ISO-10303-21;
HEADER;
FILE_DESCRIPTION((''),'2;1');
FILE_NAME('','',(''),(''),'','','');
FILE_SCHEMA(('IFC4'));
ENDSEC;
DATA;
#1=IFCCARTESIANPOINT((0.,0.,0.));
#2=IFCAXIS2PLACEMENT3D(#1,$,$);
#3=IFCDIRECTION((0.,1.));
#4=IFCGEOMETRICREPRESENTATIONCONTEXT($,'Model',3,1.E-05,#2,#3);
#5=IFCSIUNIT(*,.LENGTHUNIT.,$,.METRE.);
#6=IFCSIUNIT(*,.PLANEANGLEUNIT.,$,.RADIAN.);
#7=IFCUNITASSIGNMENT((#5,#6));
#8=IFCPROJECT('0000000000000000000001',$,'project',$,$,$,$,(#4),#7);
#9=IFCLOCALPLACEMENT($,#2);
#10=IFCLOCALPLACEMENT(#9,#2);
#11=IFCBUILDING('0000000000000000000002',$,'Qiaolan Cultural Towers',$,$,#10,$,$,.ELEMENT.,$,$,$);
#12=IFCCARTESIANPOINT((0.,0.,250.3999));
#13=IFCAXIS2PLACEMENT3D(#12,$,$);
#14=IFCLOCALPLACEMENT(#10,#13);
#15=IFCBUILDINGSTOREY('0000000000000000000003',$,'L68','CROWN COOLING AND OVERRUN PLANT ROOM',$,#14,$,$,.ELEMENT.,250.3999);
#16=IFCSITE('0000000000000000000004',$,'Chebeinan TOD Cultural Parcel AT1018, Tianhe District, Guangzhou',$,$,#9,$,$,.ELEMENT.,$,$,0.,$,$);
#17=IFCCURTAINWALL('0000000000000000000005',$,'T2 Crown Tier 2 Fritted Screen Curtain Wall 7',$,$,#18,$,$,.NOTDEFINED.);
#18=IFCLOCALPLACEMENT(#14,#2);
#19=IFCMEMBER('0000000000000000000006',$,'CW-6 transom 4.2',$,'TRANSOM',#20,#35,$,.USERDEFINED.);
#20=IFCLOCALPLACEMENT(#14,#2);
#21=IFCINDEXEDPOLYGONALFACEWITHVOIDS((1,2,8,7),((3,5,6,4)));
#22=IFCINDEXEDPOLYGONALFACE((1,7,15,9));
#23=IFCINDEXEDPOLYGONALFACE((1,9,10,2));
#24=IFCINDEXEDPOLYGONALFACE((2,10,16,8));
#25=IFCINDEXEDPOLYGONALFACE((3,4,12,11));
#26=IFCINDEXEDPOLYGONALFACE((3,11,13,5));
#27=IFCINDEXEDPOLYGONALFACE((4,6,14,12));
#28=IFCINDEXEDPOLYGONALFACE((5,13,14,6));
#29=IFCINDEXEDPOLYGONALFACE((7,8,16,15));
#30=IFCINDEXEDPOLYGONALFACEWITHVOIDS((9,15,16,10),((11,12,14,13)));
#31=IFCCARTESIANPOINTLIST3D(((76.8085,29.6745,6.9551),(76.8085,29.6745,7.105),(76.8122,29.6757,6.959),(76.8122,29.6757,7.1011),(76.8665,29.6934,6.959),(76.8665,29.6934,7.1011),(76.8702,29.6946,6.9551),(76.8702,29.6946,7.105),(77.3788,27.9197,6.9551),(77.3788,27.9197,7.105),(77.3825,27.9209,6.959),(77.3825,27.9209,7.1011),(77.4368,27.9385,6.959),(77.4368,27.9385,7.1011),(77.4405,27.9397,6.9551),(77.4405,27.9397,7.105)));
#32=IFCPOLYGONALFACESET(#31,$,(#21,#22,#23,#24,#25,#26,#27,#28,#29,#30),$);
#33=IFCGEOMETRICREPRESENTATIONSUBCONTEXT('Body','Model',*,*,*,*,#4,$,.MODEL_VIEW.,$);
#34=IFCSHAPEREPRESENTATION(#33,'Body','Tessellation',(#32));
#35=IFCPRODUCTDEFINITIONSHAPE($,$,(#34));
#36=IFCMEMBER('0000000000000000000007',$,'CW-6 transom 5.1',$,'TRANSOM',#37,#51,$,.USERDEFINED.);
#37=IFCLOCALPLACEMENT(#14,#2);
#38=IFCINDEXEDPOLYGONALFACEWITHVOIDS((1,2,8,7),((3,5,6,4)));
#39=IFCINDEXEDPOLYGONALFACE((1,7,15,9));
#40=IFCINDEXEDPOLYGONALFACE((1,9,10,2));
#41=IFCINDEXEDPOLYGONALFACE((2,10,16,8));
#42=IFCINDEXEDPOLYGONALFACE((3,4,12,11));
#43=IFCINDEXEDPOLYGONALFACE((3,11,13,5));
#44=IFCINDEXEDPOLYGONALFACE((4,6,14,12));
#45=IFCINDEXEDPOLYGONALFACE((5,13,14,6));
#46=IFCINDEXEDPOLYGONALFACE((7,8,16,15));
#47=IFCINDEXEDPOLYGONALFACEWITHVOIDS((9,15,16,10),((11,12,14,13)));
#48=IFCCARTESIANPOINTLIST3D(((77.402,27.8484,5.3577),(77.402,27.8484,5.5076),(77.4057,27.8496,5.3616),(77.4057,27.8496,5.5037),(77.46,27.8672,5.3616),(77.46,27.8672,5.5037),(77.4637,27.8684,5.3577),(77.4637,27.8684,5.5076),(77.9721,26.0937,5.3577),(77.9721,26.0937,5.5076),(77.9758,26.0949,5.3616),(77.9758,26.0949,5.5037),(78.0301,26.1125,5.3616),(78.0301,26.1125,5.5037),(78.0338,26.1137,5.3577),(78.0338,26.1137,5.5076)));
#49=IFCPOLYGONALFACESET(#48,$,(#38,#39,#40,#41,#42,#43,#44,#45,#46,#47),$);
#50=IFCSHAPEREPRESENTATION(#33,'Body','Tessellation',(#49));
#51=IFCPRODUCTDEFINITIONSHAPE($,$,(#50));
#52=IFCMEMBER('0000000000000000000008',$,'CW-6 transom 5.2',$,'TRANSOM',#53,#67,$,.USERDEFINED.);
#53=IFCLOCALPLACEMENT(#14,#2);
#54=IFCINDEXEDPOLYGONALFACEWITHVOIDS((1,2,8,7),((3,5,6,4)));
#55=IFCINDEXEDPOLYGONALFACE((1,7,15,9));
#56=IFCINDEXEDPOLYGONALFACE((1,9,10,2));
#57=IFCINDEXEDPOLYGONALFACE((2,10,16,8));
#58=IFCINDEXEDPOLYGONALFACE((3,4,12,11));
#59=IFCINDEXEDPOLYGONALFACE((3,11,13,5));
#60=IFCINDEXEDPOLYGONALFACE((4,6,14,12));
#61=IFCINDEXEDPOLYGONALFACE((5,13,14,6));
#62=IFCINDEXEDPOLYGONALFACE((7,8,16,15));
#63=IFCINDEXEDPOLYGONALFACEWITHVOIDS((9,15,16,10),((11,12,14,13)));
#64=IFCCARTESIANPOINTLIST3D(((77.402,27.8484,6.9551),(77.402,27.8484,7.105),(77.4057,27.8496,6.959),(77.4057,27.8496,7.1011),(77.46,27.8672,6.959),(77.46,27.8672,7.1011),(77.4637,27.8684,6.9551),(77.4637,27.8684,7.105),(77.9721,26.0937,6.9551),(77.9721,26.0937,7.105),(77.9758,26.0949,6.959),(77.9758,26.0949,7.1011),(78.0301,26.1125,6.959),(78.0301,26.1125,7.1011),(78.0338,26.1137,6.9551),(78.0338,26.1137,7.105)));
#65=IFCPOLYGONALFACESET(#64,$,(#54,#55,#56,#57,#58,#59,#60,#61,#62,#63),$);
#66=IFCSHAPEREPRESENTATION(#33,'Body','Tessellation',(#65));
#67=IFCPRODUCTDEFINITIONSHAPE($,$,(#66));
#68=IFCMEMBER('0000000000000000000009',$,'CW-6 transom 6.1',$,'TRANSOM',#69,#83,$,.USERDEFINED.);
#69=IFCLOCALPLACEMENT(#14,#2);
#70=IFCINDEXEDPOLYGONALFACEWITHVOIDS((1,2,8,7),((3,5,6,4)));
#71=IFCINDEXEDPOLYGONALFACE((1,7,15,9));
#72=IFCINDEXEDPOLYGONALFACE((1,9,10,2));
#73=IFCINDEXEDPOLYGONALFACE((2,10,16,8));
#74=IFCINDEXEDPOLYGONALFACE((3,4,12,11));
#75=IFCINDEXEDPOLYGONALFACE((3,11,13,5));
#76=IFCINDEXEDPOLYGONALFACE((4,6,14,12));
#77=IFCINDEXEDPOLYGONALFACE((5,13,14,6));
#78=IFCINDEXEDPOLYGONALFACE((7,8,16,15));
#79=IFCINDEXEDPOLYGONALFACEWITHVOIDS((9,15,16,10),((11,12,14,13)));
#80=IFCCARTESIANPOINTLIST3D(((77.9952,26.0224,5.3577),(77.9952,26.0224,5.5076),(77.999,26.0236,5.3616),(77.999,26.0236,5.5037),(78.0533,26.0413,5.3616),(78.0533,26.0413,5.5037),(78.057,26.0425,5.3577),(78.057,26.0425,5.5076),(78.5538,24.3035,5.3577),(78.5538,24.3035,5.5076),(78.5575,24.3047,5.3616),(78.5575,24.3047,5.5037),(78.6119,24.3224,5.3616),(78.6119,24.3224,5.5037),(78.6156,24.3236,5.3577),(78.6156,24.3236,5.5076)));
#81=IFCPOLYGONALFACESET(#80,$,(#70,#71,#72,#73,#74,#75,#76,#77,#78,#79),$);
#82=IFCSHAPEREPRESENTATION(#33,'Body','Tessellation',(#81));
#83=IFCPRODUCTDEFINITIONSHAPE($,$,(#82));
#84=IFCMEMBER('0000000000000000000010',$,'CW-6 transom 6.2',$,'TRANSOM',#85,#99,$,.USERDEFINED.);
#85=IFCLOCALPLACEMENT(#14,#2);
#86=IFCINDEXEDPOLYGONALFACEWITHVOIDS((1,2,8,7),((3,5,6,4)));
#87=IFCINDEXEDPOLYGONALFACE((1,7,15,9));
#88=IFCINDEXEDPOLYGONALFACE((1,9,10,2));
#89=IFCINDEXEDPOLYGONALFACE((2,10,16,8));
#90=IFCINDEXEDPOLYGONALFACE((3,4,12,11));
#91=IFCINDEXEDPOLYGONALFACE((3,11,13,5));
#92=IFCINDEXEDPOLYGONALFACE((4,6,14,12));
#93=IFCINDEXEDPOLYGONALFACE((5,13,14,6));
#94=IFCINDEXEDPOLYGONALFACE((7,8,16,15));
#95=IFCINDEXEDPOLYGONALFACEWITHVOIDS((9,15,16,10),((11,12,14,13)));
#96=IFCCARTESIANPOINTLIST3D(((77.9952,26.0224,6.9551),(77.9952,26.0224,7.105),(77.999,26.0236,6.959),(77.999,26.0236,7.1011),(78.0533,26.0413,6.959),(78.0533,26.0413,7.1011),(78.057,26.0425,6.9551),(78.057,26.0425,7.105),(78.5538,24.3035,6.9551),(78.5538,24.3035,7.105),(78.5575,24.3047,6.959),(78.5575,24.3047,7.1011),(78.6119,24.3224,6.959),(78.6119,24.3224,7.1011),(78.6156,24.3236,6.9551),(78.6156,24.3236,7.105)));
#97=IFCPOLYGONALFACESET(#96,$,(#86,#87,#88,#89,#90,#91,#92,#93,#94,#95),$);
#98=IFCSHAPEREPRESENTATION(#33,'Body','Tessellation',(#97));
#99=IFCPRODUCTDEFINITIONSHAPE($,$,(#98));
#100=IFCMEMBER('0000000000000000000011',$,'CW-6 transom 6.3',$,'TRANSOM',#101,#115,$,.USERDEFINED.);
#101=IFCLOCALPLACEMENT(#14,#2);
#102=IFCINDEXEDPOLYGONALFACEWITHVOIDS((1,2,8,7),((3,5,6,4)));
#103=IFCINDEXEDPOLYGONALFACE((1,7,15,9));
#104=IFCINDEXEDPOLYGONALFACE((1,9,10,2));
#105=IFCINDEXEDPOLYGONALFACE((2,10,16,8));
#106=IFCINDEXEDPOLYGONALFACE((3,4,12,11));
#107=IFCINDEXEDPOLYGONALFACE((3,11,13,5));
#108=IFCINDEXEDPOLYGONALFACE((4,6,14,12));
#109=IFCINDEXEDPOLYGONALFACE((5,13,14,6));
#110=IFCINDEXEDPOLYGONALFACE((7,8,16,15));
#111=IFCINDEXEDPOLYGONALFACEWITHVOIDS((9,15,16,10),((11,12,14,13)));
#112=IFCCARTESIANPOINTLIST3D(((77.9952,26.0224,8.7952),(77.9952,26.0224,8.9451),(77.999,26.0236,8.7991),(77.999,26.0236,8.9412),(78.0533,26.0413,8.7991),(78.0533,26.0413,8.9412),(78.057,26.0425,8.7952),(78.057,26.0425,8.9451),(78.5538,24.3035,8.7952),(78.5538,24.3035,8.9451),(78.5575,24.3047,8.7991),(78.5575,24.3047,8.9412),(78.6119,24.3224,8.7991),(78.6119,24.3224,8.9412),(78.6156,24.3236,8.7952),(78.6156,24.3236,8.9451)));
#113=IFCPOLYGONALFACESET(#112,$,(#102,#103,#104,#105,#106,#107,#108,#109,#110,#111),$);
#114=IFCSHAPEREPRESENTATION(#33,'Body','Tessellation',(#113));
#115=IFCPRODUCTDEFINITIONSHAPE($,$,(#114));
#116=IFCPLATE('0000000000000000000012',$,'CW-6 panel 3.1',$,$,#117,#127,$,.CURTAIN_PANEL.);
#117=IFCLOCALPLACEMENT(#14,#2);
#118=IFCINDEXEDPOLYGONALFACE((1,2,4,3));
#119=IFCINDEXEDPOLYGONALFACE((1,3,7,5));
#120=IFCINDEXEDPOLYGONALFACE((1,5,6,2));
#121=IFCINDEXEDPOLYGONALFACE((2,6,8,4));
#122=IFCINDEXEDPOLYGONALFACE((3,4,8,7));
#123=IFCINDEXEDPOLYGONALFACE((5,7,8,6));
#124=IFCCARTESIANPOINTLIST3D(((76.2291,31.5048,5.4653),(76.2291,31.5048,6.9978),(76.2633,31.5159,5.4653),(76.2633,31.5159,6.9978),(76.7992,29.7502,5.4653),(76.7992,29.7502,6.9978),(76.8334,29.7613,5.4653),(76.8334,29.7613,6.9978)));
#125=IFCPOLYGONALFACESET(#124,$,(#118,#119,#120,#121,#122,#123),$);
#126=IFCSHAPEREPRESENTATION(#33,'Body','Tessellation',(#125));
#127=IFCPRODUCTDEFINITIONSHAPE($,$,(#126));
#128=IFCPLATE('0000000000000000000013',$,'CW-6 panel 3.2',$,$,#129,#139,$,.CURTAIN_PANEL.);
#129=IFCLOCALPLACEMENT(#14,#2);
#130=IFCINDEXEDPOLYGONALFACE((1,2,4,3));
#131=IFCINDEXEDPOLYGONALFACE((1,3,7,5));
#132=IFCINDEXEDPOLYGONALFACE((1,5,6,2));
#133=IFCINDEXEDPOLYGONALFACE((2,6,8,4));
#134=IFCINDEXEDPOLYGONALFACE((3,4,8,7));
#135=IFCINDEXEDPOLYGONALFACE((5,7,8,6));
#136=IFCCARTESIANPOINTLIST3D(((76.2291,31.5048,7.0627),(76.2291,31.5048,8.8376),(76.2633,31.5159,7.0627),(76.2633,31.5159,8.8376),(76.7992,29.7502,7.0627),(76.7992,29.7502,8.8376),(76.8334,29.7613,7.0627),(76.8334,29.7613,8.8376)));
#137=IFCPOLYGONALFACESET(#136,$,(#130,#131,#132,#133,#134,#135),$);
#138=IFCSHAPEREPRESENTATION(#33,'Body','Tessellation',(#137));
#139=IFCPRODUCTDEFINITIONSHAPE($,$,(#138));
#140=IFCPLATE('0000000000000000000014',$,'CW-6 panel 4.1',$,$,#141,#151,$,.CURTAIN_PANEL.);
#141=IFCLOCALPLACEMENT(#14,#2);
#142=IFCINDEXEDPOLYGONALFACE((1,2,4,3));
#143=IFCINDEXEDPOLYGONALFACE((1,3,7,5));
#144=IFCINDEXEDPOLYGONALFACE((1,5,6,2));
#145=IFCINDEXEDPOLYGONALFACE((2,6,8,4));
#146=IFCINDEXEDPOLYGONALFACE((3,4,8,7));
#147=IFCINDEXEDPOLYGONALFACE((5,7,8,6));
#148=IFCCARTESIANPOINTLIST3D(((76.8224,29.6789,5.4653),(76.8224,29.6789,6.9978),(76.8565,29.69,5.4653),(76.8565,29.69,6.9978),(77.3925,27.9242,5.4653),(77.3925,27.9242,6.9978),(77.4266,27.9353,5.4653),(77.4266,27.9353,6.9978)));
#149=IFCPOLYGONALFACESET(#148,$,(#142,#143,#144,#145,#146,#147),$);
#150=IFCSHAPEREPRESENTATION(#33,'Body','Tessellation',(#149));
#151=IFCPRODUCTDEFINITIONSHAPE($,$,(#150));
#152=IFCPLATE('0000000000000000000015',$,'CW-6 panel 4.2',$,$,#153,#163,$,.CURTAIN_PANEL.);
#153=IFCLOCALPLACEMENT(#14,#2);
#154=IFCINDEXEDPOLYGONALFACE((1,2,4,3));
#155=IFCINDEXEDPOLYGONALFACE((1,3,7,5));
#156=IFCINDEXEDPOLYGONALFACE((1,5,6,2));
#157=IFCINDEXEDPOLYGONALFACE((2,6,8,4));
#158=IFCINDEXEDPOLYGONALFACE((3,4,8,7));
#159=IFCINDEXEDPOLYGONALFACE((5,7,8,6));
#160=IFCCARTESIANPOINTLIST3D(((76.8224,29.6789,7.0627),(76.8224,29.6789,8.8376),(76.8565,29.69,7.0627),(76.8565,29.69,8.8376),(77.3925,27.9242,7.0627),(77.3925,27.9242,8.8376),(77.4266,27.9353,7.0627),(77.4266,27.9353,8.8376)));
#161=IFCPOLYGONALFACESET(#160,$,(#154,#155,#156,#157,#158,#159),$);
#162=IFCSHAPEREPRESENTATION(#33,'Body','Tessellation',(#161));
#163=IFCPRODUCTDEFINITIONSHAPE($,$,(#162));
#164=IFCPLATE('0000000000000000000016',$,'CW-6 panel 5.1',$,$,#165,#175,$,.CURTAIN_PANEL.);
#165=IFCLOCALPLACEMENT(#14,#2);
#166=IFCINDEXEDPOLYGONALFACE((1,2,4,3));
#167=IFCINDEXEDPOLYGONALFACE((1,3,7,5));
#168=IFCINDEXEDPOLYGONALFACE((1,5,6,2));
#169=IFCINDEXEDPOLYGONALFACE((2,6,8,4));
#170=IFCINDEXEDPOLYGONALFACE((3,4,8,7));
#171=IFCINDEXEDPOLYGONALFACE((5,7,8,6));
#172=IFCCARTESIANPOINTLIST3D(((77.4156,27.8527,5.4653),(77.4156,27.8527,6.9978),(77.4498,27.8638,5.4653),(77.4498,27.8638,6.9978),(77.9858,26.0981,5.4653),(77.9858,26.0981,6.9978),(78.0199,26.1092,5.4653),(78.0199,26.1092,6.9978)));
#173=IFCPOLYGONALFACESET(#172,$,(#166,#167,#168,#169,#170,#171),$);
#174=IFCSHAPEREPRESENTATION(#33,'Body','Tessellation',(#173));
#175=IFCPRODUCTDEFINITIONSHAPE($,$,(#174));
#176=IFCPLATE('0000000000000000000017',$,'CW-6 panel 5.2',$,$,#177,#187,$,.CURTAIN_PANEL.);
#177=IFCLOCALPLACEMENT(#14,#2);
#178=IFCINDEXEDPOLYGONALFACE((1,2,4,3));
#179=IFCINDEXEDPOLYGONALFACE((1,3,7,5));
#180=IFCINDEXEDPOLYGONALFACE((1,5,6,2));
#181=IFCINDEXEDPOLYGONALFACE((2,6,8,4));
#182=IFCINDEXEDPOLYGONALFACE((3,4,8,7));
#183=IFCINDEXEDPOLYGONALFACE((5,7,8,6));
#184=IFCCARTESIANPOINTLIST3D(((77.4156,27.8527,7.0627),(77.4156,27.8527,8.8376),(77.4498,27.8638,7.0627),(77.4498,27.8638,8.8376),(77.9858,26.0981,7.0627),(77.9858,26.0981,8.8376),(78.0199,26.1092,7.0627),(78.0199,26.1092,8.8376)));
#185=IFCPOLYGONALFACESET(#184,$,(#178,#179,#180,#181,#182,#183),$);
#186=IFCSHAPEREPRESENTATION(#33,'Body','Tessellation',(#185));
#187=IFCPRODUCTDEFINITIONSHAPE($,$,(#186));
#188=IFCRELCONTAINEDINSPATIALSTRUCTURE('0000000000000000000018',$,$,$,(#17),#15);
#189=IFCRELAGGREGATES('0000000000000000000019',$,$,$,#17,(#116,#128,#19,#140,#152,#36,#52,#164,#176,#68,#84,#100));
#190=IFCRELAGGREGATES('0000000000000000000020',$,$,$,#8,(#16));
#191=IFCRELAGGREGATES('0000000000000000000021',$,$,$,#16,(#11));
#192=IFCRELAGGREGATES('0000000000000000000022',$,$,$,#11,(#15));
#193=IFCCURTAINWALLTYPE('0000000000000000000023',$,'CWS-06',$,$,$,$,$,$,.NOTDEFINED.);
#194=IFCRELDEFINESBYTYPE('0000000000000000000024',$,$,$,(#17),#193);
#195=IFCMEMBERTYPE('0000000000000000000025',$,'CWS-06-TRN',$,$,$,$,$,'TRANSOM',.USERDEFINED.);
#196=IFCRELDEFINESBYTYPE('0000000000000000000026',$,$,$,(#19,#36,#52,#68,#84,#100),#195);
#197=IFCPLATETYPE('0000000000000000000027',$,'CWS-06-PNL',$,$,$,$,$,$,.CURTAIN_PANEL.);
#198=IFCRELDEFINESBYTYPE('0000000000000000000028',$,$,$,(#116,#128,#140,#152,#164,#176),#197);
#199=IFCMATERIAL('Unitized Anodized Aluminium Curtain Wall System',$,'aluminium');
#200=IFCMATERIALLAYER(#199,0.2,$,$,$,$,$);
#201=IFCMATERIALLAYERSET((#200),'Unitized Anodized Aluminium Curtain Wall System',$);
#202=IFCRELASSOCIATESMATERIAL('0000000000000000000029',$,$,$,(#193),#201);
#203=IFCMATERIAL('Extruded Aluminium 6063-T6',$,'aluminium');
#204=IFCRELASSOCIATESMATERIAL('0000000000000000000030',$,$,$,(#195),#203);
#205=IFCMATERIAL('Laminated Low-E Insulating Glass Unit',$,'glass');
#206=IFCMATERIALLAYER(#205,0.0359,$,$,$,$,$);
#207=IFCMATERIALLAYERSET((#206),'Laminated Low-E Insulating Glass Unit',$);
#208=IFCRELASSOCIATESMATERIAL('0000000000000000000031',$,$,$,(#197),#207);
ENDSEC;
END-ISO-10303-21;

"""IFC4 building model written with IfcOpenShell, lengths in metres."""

from ifc_helpers import new_model, si_unit, direction, frame, origin, origin_2d, place, context, subcontext, project, spatial, rectangle, hollow_rectangle, extrude, material, layer, layer_set, material_profile, profile_set, type_object, element, aggregate, save


model = new_model("IFC4")

# Units and contexts
model_context = context("Model", 3, precision=1e-05, world=origin(), true_north=direction((0.0, 1.0)))
body_context = subcontext(model_context, "Body", "Model", "MODEL_VIEW")
ifc_project = project(units=[si_unit("LENGTHUNIT", "METRE"), si_unit("PLANEANGLEUNIT", "RADIAN")], contexts=[model_context])

# Site, building, storey
site_placement = place(None, origin())
site = spatial("IfcSite", under=ifc_project, at=site_placement, Name="Chebeinan TOD Cultural Parcel AT1018, Tianhe District, Guangzhou", CompositionType="ELEMENT", RefElevation=0.0)
building_placement = place(site_placement, origin())
building = spatial("IfcBuilding", under=site, at=building_placement, Name="Qiaolan Cultural Towers", CompositionType="ELEMENT")
storey_placement = place(building_placement, frame((0.0, 0.0, 250.3999)))
storey = spatial("IfcBuildingStorey", under=building, at=storey_placement, Name="L68", Description="CROWN COOLING AND OVERRUN PLANT ROOM", CompositionType="ELEMENT", Elevation=250.3999)

# Curtain wall, members, plates
ifc_material_1 = material(Name="Unitized Anodized Aluminium Curtain Wall System", Category="aluminium")
ifc_layer_1 = layer(ifc_material_1, 0.2)
ifc_layer_set_1 = layer_set([ifc_layer_1], Name="Unitized Anodized Aluminium Curtain Wall System")
curtain_wall_type = type_object("IfcCurtainWallType", Name="CWS-06", PredefinedType="NOTDEFINED", material=ifc_layer_set_1)
curtain_wall_placement = place(storey_placement, origin())
curtain_wall = element("IfcCurtainWall", 1, at=curtain_wall_placement, inside=storey, type_object=curtain_wall_type, Name="T2 Crown Tier 2 Fritted Screen Curtain Wall 7", PredefinedType="NOTDEFINED")
ifc_material_2 = material(Name="Extruded Aluminium 6063-T6", Category="aluminium")
ifc_material_profile_1 = material_profile(ifc_material_2, hollow_rectangle(XDim=0.0649, YDim=0.1499, WallThickness=0.0039, at=origin_2d()), Name="CWT-150x65x4")
ifc_profile_set_1 = profile_set([ifc_material_profile_1], Name="Extruded Aluminium 6063-T6")
member_type_1 = type_object("IfcMemberType", Name="CWS-06-TRN", ElementType="TRANSOM", PredefinedType="USERDEFINED", material=ifc_profile_set_1)
member_1_placement = place(storey_placement, frame((76.8394, 29.6846, 7.03), z_axis=(0.309074, -0.951038, 0.0), x_axis=(0.951038, 0.309074, 0.0)))
member_1 = element("IfcMember", 2, at=member_1_placement, type_object=member_type_1, Name="CW-6 transom 4.2", ObjectType="TRANSOM", PredefinedType="USERDEFINED", context=body_context, shape_type="SweptSolid", body=[
    extrude(hollow_rectangle(XDim=0.0649, YDim=0.1499, WallThickness=0.0039, at=origin_2d()), origin(), (0.0, 0.0, 1.0), 1.8452),
])
member_2_placement = place(storey_placement, frame((77.4329, 27.8584, 5.4326), z_axis=(0.308993, -0.951064, 0.0), x_axis=(0.951064, 0.308993, 0.0)))
member_2 = element("IfcMember", 3, at=member_2_placement, type_object=member_type_1, Name="CW-6 transom 5.1", ObjectType="TRANSOM", PredefinedType="USERDEFINED", context=body_context, shape_type="SweptSolid", body=[
    extrude(hollow_rectangle(XDim=0.0649, YDim=0.1499, WallThickness=0.0039, at=origin_2d()), origin(), (0.0, 0.0, 1.0), 1.845),
])
member_3_placement = place(storey_placement, frame((77.4329, 27.8584, 7.03), z_axis=(0.308993, -0.951064, 0.0), x_axis=(0.951064, 0.308993, 0.0)))
member_3 = element("IfcMember", 4, at=member_3_placement, type_object=member_type_1, Name="CW-6 transom 5.2", ObjectType="TRANSOM", PredefinedType="USERDEFINED", context=body_context, shape_type="SweptSolid", body=[
    extrude(hollow_rectangle(XDim=0.0649, YDim=0.1499, WallThickness=0.0039, at=origin_2d()), origin(), (0.0, 0.0, 1.0), 1.845),
])
member_4_placement = place(storey_placement, frame((78.0261, 26.0325, 5.4326), z_axis=(0.309046, -0.951047, 0.0), x_axis=(0.951047, 0.309046, 0.0)))
member_4 = element("IfcMember", 5, at=member_4_placement, type_object=member_type_1, Name="CW-6 transom 6.1", ObjectType="TRANSOM", PredefinedType="USERDEFINED", context=body_context, shape_type="SweptSolid", body=[
    extrude(hollow_rectangle(XDim=0.0649, YDim=0.1499, WallThickness=0.0039, at=origin_2d()), origin(), (0.0, 0.0, 1.0), 1.8074),
])
member_5_placement = place(storey_placement, frame((78.0261, 26.0325, 7.03), z_axis=(0.309046, -0.951047, 0.0), x_axis=(0.951047, 0.309046, 0.0)))
member_5 = element("IfcMember", 6, at=member_5_placement, type_object=member_type_1, Name="CW-6 transom 6.2", ObjectType="TRANSOM", PredefinedType="USERDEFINED", context=body_context, shape_type="SweptSolid", body=[
    extrude(hollow_rectangle(XDim=0.0649, YDim=0.1499, WallThickness=0.0039, at=origin_2d()), origin(), (0.0, 0.0, 1.0), 1.8074),
])
member_6_placement = place(storey_placement, frame((78.0261, 26.0325, 8.8701), z_axis=(0.309046, -0.951047, 0.0), x_axis=(0.951047, 0.309046, 0.0)))
member_6 = element("IfcMember", 7, at=member_6_placement, type_object=member_type_1, Name="CW-6 transom 6.3", ObjectType="TRANSOM", PredefinedType="USERDEFINED", context=body_context, shape_type="SweptSolid", body=[
    extrude(hollow_rectangle(XDim=0.0649, YDim=0.1499, WallThickness=0.0039, at=origin_2d()), origin(), (0.0, 0.0, 1.0), 1.8074),
])
ifc_material_3 = material(Name="Laminated Low-E Insulating Glass Unit", Category="glass")
ifc_layer_2 = layer(ifc_material_3, 0.0359)
ifc_layer_set_2 = layer_set([ifc_layer_2], Name="Laminated Low-E Insulating Glass Unit")
plate_type = type_object("IfcPlateType", Name="CWS-06-PNL", PredefinedType="CURTAIN_PANEL", material=ifc_layer_set_2)
plate_1_placement = place(storey_placement, frame((76.5312, 30.6331, 5.4653), z_axis=(0.0, 0.0, 1.0), x_axis=(0.309017, -0.951057, 0.0)))
plate_1 = element("IfcPlate", 8, at=plate_1_placement, type_object=plate_type, Name="CW-6 panel 3.1", PredefinedType="CURTAIN_PANEL", context=body_context, shape_type="SweptSolid", body=[
    extrude(rectangle(XDim=1.845, YDim=0.0359, at=origin_2d()), origin(), (0.0, 0.0, 1.0), 1.5325),
])
plate_2_placement = place(storey_placement, frame((76.5312, 30.6331, 7.0627), z_axis=(0.0, 0.0, 1.0), x_axis=(0.309017, -0.951057, 0.0)))
plate_2 = element("IfcPlate", 9, at=plate_2_placement, type_object=plate_type, Name="CW-6 panel 3.2", PredefinedType="CURTAIN_PANEL", context=body_context, shape_type="SweptSolid", body=[
    extrude(rectangle(XDim=1.845, YDim=0.0359, at=origin_2d()), origin(), (0.0, 0.0, 1.0), 1.7749),
])
plate_3_placement = place(storey_placement, frame((77.1245, 28.8071, 5.4653), z_axis=(0.0, 0.0, 1.0), x_axis=(0.309017, -0.951057, 0.0)))
plate_3 = element("IfcPlate", 10, at=plate_3_placement, type_object=plate_type, Name="CW-6 panel 4.1", PredefinedType="CURTAIN_PANEL", context=body_context, shape_type="SweptSolid", body=[
    extrude(rectangle(XDim=1.845, YDim=0.0359, at=origin_2d()), origin(), (0.0, 0.0, 1.0), 1.5325),
])
plate_4_placement = place(storey_placement, frame((77.1245, 28.8071, 7.0627), z_axis=(0.0, 0.0, 1.0), x_axis=(0.309017, -0.951057, 0.0)))
plate_4 = element("IfcPlate", 11, at=plate_4_placement, type_object=plate_type, Name="CW-6 panel 4.2", PredefinedType="CURTAIN_PANEL", context=body_context, shape_type="SweptSolid", body=[
    extrude(rectangle(XDim=1.845, YDim=0.0359, at=origin_2d()), origin(), (0.0, 0.0, 1.0), 1.7749),
])
plate_5_placement = place(storey_placement, frame((77.7178, 26.981, 5.4653), z_axis=(0.0, 0.0, 1.0), x_axis=(0.309017, -0.951057, 0.0)))
plate_5 = element("IfcPlate", 12, at=plate_5_placement, type_object=plate_type, Name="CW-6 panel 5.1", PredefinedType="CURTAIN_PANEL", context=body_context, shape_type="SweptSolid", body=[
    extrude(rectangle(XDim=1.845, YDim=0.0359, at=origin_2d()), origin(), (0.0, 0.0, 1.0), 1.5325),
])
plate_6_placement = place(storey_placement, frame((77.7178, 26.981, 7.0627), z_axis=(0.0, 0.0, 1.0), x_axis=(0.309017, -0.951057, 0.0)))
plate_6 = element("IfcPlate", 13, at=plate_6_placement, type_object=plate_type, Name="CW-6 panel 5.2", PredefinedType="CURTAIN_PANEL", context=body_context, shape_type="SweptSolid", body=[
    extrude(rectangle(XDim=1.845, YDim=0.0359, at=origin_2d()), origin(), (0.0, 0.0, 1.0), 1.7749),
])
aggregate(curtain_wall, [plate_1, plate_2, member_1, plate_3, plate_4, member_2, member_3, plate_5, plate_6, member_4, member_5, member_6])

save(model, "model.ifc")
